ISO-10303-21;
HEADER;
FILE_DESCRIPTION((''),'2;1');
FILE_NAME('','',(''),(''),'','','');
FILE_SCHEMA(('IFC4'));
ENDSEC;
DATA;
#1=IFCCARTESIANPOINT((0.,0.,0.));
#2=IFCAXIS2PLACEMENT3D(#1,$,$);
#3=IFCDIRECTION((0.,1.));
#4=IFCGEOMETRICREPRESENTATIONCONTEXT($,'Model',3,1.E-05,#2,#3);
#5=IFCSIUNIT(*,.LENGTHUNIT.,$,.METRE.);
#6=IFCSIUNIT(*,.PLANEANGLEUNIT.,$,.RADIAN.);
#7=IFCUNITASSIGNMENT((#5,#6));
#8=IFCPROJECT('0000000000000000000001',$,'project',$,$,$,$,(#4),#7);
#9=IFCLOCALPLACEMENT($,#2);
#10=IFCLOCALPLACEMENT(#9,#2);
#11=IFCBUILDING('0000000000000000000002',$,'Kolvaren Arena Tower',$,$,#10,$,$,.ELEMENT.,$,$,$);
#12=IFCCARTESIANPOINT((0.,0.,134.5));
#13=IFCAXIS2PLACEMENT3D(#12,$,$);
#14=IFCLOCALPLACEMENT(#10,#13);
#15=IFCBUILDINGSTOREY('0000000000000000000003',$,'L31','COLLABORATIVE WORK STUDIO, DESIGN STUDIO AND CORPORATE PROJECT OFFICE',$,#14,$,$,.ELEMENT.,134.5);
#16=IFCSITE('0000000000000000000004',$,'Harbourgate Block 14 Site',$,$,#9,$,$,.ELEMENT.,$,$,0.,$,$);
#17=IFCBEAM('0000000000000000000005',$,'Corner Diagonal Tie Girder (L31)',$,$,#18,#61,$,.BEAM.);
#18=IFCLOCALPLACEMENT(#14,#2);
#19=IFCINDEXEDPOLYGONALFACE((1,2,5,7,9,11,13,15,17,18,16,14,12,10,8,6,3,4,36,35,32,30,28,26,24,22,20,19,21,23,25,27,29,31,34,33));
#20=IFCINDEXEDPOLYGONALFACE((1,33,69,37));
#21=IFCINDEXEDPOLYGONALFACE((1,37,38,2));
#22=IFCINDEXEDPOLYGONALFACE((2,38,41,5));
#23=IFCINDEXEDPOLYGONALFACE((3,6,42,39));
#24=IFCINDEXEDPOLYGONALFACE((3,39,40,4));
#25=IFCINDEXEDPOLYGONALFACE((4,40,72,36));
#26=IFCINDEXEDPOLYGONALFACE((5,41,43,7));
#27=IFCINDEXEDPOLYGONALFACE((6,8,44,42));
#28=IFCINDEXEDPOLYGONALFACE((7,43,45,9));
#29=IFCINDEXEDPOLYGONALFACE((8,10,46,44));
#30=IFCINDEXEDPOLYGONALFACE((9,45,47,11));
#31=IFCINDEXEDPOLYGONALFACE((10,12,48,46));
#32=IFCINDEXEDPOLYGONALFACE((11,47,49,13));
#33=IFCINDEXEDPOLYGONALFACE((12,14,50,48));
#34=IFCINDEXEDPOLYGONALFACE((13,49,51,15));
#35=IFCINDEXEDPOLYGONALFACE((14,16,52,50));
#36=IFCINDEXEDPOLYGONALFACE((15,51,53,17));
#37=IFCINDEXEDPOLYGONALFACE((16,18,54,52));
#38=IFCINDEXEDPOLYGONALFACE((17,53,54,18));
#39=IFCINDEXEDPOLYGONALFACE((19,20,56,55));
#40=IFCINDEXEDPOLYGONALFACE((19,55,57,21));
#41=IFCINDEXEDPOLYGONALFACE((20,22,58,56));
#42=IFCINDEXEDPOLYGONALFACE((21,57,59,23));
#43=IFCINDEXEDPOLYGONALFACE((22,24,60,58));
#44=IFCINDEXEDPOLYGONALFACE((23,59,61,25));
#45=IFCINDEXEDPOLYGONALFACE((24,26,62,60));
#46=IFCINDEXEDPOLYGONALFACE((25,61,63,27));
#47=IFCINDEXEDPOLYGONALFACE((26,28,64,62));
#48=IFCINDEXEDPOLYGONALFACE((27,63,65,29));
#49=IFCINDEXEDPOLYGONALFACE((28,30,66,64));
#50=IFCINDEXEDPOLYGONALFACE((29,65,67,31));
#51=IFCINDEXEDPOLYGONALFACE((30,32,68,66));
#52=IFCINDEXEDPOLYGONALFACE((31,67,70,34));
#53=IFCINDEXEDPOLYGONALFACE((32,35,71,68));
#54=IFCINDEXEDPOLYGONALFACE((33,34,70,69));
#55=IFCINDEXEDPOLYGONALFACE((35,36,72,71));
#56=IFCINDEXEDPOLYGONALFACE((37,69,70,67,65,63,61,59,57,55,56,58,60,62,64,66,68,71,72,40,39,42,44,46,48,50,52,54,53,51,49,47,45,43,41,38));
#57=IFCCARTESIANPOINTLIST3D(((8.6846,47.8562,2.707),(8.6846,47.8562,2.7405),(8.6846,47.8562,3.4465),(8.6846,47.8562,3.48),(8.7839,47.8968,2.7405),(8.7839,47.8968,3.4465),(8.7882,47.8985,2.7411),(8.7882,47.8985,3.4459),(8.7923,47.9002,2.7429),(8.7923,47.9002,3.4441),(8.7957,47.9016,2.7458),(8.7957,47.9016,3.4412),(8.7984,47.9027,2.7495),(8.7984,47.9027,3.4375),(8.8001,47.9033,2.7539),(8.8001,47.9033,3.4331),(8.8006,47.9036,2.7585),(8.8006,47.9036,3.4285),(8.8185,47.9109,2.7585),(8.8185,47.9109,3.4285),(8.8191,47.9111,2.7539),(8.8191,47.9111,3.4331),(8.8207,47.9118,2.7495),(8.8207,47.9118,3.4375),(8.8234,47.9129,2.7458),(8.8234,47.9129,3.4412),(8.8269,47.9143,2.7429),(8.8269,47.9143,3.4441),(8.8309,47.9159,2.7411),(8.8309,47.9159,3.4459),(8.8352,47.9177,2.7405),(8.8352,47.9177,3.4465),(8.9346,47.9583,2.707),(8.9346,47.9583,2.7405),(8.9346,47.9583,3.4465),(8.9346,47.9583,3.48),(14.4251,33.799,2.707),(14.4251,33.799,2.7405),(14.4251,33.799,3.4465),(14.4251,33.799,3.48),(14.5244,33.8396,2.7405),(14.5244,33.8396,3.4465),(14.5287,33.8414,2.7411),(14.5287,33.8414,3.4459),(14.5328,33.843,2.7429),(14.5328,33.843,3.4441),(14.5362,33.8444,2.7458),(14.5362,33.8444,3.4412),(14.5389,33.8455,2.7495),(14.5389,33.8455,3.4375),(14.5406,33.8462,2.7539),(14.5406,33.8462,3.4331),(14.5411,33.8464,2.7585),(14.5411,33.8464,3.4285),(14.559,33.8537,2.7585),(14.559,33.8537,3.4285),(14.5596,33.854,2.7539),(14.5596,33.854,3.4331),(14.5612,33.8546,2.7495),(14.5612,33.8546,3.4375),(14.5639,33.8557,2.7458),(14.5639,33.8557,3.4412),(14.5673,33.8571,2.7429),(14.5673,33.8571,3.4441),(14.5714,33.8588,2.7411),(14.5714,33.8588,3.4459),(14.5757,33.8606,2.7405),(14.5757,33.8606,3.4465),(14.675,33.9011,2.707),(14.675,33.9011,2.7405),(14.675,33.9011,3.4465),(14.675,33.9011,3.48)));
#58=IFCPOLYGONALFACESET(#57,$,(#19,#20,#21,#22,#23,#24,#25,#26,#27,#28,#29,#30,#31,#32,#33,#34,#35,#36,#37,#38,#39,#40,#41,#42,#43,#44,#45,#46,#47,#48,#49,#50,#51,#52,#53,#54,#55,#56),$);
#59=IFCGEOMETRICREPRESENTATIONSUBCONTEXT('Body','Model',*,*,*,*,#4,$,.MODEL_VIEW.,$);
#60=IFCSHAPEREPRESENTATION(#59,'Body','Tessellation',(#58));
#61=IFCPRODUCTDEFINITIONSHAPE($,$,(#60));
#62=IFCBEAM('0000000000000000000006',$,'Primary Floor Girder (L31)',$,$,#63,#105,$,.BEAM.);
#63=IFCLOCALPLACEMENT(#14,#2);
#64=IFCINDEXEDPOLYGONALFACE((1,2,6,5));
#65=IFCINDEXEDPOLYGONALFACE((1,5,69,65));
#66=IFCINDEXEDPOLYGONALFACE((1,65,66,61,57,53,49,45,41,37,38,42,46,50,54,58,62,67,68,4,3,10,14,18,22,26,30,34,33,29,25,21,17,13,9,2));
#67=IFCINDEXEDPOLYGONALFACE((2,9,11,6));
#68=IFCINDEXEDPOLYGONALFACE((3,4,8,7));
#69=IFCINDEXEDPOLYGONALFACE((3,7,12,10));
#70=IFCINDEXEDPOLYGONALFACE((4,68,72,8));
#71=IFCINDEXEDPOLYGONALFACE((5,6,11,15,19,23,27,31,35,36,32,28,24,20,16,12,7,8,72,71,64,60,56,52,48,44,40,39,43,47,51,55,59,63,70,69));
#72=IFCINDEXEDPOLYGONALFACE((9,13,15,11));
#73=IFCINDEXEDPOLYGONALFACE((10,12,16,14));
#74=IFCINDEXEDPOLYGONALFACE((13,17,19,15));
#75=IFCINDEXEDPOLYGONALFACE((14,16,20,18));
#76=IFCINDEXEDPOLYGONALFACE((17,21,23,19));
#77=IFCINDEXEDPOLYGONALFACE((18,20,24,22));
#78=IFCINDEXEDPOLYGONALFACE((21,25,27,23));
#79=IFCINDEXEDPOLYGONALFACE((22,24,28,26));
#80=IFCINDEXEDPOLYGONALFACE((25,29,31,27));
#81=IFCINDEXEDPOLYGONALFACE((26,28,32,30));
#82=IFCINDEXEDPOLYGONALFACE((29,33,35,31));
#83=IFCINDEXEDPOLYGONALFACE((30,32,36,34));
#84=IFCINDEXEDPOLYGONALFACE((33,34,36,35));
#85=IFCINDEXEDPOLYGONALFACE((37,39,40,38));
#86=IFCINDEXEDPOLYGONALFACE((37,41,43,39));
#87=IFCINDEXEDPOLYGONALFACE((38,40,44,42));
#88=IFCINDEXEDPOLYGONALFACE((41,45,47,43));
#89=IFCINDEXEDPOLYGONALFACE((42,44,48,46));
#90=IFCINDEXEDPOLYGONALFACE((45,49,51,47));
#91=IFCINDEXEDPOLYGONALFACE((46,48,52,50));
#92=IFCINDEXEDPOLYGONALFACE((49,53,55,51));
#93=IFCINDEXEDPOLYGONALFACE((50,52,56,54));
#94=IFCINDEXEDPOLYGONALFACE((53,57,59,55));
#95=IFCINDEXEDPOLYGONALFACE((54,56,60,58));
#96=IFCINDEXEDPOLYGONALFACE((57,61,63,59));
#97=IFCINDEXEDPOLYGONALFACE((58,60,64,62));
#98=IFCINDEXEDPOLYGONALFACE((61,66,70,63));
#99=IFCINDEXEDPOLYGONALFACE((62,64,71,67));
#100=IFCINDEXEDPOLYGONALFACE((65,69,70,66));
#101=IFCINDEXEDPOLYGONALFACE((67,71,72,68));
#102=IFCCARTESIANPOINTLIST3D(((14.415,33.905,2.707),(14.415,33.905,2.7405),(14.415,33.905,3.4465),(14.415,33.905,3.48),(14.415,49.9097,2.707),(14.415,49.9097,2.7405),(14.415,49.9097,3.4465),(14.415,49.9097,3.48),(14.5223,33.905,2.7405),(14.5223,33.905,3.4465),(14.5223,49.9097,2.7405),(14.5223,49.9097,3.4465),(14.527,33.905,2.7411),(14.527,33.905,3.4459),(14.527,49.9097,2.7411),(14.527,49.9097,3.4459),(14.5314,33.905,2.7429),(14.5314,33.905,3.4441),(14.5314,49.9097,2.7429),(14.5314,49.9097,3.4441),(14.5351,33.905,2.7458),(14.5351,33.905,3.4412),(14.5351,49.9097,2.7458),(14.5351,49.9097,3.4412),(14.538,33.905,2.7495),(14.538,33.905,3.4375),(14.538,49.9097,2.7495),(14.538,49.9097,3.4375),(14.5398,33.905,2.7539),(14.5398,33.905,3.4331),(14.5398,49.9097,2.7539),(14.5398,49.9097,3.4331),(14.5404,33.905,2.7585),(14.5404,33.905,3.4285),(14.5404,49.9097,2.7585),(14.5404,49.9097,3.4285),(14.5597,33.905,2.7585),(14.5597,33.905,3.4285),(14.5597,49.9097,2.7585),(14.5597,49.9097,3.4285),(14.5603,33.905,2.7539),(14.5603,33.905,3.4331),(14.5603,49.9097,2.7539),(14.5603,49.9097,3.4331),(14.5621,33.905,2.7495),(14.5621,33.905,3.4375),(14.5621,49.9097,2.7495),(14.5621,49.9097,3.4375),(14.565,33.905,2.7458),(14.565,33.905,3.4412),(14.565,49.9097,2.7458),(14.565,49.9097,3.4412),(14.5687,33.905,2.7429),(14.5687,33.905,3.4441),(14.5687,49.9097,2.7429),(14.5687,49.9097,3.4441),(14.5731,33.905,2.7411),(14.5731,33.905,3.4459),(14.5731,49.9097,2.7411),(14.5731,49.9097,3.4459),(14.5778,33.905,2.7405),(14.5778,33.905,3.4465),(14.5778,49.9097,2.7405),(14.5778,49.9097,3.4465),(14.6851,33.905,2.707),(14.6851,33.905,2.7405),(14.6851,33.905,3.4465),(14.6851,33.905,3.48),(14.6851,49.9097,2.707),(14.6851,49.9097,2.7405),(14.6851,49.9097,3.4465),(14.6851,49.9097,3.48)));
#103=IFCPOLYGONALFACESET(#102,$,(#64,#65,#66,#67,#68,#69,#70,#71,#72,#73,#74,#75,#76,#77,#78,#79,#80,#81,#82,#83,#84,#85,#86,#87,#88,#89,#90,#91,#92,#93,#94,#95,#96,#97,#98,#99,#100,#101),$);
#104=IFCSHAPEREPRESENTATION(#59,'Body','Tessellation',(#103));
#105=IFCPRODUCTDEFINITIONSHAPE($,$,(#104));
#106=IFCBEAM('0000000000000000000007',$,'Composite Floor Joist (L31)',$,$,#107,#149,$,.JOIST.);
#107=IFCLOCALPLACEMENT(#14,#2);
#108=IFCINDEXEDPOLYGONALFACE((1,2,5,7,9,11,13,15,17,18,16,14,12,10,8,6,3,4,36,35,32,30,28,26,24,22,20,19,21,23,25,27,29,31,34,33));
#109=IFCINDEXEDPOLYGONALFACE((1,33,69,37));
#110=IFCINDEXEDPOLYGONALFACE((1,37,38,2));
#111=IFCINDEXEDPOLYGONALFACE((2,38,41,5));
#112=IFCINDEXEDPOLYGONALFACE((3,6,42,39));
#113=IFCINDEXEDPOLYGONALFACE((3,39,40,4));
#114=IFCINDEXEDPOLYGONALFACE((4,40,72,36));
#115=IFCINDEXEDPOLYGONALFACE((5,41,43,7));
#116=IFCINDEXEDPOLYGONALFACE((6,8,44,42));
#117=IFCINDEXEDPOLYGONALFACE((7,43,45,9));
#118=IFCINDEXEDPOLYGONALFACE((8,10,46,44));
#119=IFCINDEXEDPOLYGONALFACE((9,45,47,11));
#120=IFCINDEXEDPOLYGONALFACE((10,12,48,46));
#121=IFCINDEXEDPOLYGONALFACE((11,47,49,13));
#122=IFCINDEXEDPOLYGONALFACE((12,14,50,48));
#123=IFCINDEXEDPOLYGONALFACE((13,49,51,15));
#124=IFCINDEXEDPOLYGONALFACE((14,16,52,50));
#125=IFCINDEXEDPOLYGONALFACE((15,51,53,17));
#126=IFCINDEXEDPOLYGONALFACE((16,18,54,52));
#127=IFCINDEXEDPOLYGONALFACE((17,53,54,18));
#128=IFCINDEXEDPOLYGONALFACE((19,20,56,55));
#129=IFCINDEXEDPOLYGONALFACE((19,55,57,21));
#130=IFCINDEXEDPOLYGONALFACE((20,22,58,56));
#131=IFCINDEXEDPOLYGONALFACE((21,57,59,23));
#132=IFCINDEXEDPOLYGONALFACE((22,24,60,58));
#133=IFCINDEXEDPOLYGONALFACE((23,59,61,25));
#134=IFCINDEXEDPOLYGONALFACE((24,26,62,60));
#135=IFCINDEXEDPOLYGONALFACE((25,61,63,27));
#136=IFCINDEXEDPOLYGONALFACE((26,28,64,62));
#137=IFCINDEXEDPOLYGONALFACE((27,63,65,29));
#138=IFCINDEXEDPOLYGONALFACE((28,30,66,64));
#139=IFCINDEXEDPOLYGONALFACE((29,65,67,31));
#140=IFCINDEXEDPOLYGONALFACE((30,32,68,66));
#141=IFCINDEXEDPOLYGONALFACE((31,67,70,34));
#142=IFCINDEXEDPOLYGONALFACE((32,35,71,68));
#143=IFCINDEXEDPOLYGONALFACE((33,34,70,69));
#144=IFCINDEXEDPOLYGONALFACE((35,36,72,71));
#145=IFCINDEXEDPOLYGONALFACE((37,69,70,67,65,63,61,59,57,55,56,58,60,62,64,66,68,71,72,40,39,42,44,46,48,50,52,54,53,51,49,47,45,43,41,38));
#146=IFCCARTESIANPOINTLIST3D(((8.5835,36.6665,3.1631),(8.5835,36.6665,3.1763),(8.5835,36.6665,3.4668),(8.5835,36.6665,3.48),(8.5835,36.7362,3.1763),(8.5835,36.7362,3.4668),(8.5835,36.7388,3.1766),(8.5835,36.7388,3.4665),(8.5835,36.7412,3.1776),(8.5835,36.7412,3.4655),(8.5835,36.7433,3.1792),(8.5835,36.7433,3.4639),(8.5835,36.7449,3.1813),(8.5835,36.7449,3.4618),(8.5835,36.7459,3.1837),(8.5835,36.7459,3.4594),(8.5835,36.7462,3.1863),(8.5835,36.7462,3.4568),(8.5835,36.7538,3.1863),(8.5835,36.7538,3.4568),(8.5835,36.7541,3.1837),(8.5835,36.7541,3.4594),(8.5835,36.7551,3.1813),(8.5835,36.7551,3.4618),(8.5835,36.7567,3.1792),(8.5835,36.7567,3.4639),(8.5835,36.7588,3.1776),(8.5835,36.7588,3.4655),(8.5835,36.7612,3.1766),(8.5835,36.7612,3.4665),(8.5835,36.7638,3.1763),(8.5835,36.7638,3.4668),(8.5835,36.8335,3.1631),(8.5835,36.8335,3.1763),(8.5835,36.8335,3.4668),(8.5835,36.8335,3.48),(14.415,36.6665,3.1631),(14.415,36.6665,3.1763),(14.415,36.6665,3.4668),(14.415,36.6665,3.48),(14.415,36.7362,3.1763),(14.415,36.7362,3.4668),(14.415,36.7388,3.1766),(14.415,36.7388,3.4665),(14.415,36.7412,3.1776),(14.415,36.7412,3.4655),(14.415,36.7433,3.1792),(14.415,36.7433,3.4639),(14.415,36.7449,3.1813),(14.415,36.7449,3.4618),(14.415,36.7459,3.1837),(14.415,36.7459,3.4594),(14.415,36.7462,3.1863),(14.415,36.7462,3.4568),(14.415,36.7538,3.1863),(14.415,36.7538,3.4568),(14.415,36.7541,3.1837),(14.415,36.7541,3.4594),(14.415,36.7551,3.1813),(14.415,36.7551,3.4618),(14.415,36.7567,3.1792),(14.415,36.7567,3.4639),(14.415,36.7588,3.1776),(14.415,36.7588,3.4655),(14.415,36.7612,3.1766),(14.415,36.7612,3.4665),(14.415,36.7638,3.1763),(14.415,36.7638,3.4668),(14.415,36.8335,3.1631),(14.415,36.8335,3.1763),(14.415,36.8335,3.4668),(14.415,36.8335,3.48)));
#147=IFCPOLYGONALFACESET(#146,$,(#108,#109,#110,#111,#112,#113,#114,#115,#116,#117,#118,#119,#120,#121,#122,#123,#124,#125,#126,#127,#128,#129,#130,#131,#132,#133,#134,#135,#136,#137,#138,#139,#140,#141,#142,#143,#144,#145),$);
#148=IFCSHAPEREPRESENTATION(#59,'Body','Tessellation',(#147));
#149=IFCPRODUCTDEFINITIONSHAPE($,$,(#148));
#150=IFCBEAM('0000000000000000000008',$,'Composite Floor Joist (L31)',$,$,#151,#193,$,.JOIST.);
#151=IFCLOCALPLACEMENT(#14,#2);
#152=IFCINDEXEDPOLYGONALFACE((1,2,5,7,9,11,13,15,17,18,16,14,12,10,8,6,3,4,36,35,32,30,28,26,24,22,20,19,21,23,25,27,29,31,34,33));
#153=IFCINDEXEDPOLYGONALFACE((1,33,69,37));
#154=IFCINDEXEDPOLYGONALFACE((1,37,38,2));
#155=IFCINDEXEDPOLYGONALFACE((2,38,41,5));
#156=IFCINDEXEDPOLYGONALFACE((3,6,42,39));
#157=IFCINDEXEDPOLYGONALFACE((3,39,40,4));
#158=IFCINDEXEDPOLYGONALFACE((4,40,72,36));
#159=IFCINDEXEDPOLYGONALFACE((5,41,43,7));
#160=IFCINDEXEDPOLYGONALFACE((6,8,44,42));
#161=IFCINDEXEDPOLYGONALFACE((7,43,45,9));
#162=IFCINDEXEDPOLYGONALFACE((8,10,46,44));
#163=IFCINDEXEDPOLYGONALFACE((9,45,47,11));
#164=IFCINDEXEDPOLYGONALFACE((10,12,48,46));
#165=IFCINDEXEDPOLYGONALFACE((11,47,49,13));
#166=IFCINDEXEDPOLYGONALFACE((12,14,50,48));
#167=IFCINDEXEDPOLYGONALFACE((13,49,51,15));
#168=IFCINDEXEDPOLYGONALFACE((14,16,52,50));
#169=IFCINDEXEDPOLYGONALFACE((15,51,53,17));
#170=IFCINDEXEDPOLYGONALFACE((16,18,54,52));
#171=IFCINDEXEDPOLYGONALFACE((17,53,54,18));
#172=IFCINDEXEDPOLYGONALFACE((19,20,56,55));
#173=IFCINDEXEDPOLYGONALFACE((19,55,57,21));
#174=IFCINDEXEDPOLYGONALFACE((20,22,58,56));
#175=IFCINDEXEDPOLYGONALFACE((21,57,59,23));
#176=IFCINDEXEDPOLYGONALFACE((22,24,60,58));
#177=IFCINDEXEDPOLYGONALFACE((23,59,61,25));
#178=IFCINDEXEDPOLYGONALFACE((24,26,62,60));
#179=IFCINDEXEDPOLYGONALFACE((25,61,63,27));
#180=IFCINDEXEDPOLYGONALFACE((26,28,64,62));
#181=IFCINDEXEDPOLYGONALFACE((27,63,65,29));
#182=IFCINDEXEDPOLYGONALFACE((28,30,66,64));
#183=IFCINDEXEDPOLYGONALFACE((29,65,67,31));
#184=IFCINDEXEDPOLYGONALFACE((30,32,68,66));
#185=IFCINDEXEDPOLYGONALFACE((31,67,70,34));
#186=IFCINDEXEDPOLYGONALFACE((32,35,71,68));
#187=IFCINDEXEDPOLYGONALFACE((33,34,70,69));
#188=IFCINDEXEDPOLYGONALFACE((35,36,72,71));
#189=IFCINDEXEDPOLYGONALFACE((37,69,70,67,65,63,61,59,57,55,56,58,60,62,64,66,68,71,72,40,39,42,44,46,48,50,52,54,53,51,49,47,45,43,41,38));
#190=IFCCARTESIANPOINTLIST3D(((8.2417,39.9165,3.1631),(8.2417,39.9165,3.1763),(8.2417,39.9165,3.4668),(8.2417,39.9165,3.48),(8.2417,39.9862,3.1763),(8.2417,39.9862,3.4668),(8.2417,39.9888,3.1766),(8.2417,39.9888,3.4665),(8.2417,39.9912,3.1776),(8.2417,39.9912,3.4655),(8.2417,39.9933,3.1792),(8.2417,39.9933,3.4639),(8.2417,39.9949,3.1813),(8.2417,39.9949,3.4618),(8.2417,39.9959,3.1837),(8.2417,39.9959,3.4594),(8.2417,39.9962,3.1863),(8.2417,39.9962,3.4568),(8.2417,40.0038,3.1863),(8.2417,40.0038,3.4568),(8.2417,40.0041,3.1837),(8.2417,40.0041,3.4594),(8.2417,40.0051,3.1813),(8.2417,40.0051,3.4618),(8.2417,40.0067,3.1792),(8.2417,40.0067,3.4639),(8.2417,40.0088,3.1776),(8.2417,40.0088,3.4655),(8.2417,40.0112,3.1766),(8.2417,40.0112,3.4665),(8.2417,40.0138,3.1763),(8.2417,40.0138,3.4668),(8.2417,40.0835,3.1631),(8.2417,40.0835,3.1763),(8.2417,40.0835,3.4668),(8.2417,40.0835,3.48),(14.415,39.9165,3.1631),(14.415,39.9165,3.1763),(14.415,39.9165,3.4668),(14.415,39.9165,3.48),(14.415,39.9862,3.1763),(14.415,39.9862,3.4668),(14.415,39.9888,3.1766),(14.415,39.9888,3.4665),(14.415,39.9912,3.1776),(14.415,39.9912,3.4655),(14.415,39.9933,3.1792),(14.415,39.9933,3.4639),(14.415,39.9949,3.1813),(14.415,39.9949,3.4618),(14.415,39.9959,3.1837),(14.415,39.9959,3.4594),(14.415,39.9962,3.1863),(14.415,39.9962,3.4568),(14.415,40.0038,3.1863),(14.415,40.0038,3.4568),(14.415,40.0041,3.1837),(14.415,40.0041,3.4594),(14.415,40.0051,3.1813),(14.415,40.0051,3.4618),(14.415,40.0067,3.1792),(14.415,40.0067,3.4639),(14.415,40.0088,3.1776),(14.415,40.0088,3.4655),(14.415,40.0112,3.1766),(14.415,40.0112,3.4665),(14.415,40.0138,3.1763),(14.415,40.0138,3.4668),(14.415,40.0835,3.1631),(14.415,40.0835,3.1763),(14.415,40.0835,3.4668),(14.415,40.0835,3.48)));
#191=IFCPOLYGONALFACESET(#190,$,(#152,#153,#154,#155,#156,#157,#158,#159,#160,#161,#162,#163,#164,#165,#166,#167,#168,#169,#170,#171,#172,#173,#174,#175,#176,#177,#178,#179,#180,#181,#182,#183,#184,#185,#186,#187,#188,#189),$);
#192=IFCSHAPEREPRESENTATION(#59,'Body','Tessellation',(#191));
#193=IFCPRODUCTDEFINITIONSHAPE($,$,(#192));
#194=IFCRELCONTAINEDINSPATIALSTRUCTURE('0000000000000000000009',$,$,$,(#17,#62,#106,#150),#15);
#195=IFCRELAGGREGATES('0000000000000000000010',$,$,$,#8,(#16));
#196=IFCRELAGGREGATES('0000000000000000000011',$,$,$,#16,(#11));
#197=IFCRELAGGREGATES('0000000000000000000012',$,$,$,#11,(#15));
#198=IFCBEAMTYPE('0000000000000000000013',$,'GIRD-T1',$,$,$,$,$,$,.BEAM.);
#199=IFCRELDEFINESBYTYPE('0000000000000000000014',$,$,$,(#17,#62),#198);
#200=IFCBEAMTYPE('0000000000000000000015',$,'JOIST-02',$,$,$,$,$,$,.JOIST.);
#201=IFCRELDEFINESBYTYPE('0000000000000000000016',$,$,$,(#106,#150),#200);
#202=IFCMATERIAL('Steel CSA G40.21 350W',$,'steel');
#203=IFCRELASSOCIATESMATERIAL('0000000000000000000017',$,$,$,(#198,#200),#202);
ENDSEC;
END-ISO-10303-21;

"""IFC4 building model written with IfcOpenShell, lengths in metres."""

from ifc_helpers import new_model, si_unit, direction, frame, origin, origin_2d, place, context, subcontext, project, spatial, i_section, extrude, material, material_profile, profile_set, type_object, element, save


model = new_model("IFC4")

# Units and contexts
model_context = context("Model", 3, precision=1e-05, world=origin(), true_north=direction((0.0, 1.0)))
body_context = subcontext(model_context, "Body", "Model", "MODEL_VIEW")
ifc_project = project(units=[si_unit("LENGTHUNIT", "METRE"), si_unit("PLANEANGLEUNIT", "RADIAN")], contexts=[model_context])

# Site, building, storey
site_placement = place(None, origin())
site = spatial("IfcSite", under=ifc_project, at=site_placement, Name="Harbourgate Block 14 Site", CompositionType="ELEMENT", RefElevation=0.0)
building_placement = place(site_placement, origin())
building = spatial("IfcBuilding", under=site, at=building_placement, Name="Kolvaren Arena Tower", CompositionType="ELEMENT")
storey_placement = place(building_placement, frame((0.0, 0.0, 134.5)))
storey = spatial("IfcBuildingStorey", under=building, at=storey_placement, Name="L31", Description="COLLABORATIVE WORK STUDIO, DESIGN STUDIO AND CORPORATE PROJECT OFFICE", CompositionType="ELEMENT", Elevation=134.5)

# Beams
ifc_material_1 = material(Name="Steel CSA G40.21 350W", Category="steel")
ifc_material_profile_1 = material_profile(ifc_material_1, i_section(OverallWidth=0.27, OverallDepth=0.7729, WebThickness=0.0193, FlangeThickness=0.0334, FilletRadius=0.0181, at=origin_2d()), Name="W760x257")
ifc_profile_set_1 = profile_set([ifc_material_profile_1], Name="Steel CSA G40.21 350W")
beam_type_1 = type_object("IfcBeamType", Name="GIRD-T1", PredefinedType="BEAM", material=ifc_profile_set_1)
beam_1_placement = place(storey_placement, frame((8.8096, 47.9072, 3.0935), z_axis=(0.378059, -0.925781, 0.0), x_axis=(0.925781, 0.378059, 0.0)))
element("IfcBeam", 1, at=beam_1_placement, inside=storey, type_object=beam_type_1, Name="Corner Diagonal Tie Girder (L31)", PredefinedType="BEAM", context=body_context, shape_type="SweptSolid", body=[
    extrude(i_section(OverallWidth=0.27, OverallDepth=0.7729, WebThickness=0.0193, FlangeThickness=0.0334, FilletRadius=0.0181, at=origin_2d()), origin(), (0.0, 0.0, 1.0), 15.1841),
])
beam_2_placement = place(storey_placement, frame((14.55, 33.905, 3.0935), z_axis=(0.0, 1.0, 0.0), x_axis=(-1.0, 0.0, 0.0)))
element("IfcBeam", 2, at=beam_2_placement, inside=storey, type_object=beam_type_1, Name="Primary Floor Girder (L31)", PredefinedType="BEAM", context=body_context, shape_type="SweptSolid", body=[
    extrude(i_section(OverallWidth=0.27, OverallDepth=0.7729, WebThickness=0.0193, FlangeThickness=0.0334, FilletRadius=0.0181, at=origin_2d()), origin(), (0.0, 0.0, 1.0), 16.0046),
])
ifc_material_profile_2 = material_profile(ifc_material_1, i_section(OverallWidth=0.167, OverallDepth=0.3169, WebThickness=0.0076, FlangeThickness=0.0132, FilletRadius=0.01, at=origin_2d()), Name="W310x52")
ifc_profile_set_2 = profile_set([ifc_material_profile_2], Name="Steel CSA G40.21 350W")
beam_type_2 = type_object("IfcBeamType", Name="JOIST-02", PredefinedType="JOIST", material=ifc_profile_set_2)
beam_3_placement = place(storey_placement, frame((8.5835, 36.75, 3.3215), z_axis=(1.0, 0.0, 0.0), x_axis=(0.0, 1.0, 0.0)))
element("IfcBeam", 3, at=beam_3_placement, inside=storey, type_object=beam_type_2, Name="Composite Floor Joist (L31)", PredefinedType="JOIST", context=body_context, shape_type="SweptSolid", body=[
    extrude(i_section(OverallWidth=0.167, OverallDepth=0.3169, WebThickness=0.0076, FlangeThickness=0.0132, FilletRadius=0.01, at=origin_2d()), origin(), (0.0, 0.0, 1.0), 5.8315),
])
beam_4_placement = place(storey_placement, frame((8.2417, 40.0, 3.3215), z_axis=(1.0, 0.0, 0.0), x_axis=(0.0, 1.0, 0.0)))
element("IfcBeam", 4, at=beam_4_placement, inside=storey, type_object=beam_type_2, Name="Composite Floor Joist (L31)", PredefinedType="JOIST", context=body_context, shape_type="SweptSolid", body=[
    extrude(i_section(OverallWidth=0.167, OverallDepth=0.3169, WebThickness=0.0076, FlangeThickness=0.0132, FilletRadius=0.01, at=origin_2d()), origin(), (0.0, 0.0, 1.0), 6.1733),
])

save(model, "model.ifc")
